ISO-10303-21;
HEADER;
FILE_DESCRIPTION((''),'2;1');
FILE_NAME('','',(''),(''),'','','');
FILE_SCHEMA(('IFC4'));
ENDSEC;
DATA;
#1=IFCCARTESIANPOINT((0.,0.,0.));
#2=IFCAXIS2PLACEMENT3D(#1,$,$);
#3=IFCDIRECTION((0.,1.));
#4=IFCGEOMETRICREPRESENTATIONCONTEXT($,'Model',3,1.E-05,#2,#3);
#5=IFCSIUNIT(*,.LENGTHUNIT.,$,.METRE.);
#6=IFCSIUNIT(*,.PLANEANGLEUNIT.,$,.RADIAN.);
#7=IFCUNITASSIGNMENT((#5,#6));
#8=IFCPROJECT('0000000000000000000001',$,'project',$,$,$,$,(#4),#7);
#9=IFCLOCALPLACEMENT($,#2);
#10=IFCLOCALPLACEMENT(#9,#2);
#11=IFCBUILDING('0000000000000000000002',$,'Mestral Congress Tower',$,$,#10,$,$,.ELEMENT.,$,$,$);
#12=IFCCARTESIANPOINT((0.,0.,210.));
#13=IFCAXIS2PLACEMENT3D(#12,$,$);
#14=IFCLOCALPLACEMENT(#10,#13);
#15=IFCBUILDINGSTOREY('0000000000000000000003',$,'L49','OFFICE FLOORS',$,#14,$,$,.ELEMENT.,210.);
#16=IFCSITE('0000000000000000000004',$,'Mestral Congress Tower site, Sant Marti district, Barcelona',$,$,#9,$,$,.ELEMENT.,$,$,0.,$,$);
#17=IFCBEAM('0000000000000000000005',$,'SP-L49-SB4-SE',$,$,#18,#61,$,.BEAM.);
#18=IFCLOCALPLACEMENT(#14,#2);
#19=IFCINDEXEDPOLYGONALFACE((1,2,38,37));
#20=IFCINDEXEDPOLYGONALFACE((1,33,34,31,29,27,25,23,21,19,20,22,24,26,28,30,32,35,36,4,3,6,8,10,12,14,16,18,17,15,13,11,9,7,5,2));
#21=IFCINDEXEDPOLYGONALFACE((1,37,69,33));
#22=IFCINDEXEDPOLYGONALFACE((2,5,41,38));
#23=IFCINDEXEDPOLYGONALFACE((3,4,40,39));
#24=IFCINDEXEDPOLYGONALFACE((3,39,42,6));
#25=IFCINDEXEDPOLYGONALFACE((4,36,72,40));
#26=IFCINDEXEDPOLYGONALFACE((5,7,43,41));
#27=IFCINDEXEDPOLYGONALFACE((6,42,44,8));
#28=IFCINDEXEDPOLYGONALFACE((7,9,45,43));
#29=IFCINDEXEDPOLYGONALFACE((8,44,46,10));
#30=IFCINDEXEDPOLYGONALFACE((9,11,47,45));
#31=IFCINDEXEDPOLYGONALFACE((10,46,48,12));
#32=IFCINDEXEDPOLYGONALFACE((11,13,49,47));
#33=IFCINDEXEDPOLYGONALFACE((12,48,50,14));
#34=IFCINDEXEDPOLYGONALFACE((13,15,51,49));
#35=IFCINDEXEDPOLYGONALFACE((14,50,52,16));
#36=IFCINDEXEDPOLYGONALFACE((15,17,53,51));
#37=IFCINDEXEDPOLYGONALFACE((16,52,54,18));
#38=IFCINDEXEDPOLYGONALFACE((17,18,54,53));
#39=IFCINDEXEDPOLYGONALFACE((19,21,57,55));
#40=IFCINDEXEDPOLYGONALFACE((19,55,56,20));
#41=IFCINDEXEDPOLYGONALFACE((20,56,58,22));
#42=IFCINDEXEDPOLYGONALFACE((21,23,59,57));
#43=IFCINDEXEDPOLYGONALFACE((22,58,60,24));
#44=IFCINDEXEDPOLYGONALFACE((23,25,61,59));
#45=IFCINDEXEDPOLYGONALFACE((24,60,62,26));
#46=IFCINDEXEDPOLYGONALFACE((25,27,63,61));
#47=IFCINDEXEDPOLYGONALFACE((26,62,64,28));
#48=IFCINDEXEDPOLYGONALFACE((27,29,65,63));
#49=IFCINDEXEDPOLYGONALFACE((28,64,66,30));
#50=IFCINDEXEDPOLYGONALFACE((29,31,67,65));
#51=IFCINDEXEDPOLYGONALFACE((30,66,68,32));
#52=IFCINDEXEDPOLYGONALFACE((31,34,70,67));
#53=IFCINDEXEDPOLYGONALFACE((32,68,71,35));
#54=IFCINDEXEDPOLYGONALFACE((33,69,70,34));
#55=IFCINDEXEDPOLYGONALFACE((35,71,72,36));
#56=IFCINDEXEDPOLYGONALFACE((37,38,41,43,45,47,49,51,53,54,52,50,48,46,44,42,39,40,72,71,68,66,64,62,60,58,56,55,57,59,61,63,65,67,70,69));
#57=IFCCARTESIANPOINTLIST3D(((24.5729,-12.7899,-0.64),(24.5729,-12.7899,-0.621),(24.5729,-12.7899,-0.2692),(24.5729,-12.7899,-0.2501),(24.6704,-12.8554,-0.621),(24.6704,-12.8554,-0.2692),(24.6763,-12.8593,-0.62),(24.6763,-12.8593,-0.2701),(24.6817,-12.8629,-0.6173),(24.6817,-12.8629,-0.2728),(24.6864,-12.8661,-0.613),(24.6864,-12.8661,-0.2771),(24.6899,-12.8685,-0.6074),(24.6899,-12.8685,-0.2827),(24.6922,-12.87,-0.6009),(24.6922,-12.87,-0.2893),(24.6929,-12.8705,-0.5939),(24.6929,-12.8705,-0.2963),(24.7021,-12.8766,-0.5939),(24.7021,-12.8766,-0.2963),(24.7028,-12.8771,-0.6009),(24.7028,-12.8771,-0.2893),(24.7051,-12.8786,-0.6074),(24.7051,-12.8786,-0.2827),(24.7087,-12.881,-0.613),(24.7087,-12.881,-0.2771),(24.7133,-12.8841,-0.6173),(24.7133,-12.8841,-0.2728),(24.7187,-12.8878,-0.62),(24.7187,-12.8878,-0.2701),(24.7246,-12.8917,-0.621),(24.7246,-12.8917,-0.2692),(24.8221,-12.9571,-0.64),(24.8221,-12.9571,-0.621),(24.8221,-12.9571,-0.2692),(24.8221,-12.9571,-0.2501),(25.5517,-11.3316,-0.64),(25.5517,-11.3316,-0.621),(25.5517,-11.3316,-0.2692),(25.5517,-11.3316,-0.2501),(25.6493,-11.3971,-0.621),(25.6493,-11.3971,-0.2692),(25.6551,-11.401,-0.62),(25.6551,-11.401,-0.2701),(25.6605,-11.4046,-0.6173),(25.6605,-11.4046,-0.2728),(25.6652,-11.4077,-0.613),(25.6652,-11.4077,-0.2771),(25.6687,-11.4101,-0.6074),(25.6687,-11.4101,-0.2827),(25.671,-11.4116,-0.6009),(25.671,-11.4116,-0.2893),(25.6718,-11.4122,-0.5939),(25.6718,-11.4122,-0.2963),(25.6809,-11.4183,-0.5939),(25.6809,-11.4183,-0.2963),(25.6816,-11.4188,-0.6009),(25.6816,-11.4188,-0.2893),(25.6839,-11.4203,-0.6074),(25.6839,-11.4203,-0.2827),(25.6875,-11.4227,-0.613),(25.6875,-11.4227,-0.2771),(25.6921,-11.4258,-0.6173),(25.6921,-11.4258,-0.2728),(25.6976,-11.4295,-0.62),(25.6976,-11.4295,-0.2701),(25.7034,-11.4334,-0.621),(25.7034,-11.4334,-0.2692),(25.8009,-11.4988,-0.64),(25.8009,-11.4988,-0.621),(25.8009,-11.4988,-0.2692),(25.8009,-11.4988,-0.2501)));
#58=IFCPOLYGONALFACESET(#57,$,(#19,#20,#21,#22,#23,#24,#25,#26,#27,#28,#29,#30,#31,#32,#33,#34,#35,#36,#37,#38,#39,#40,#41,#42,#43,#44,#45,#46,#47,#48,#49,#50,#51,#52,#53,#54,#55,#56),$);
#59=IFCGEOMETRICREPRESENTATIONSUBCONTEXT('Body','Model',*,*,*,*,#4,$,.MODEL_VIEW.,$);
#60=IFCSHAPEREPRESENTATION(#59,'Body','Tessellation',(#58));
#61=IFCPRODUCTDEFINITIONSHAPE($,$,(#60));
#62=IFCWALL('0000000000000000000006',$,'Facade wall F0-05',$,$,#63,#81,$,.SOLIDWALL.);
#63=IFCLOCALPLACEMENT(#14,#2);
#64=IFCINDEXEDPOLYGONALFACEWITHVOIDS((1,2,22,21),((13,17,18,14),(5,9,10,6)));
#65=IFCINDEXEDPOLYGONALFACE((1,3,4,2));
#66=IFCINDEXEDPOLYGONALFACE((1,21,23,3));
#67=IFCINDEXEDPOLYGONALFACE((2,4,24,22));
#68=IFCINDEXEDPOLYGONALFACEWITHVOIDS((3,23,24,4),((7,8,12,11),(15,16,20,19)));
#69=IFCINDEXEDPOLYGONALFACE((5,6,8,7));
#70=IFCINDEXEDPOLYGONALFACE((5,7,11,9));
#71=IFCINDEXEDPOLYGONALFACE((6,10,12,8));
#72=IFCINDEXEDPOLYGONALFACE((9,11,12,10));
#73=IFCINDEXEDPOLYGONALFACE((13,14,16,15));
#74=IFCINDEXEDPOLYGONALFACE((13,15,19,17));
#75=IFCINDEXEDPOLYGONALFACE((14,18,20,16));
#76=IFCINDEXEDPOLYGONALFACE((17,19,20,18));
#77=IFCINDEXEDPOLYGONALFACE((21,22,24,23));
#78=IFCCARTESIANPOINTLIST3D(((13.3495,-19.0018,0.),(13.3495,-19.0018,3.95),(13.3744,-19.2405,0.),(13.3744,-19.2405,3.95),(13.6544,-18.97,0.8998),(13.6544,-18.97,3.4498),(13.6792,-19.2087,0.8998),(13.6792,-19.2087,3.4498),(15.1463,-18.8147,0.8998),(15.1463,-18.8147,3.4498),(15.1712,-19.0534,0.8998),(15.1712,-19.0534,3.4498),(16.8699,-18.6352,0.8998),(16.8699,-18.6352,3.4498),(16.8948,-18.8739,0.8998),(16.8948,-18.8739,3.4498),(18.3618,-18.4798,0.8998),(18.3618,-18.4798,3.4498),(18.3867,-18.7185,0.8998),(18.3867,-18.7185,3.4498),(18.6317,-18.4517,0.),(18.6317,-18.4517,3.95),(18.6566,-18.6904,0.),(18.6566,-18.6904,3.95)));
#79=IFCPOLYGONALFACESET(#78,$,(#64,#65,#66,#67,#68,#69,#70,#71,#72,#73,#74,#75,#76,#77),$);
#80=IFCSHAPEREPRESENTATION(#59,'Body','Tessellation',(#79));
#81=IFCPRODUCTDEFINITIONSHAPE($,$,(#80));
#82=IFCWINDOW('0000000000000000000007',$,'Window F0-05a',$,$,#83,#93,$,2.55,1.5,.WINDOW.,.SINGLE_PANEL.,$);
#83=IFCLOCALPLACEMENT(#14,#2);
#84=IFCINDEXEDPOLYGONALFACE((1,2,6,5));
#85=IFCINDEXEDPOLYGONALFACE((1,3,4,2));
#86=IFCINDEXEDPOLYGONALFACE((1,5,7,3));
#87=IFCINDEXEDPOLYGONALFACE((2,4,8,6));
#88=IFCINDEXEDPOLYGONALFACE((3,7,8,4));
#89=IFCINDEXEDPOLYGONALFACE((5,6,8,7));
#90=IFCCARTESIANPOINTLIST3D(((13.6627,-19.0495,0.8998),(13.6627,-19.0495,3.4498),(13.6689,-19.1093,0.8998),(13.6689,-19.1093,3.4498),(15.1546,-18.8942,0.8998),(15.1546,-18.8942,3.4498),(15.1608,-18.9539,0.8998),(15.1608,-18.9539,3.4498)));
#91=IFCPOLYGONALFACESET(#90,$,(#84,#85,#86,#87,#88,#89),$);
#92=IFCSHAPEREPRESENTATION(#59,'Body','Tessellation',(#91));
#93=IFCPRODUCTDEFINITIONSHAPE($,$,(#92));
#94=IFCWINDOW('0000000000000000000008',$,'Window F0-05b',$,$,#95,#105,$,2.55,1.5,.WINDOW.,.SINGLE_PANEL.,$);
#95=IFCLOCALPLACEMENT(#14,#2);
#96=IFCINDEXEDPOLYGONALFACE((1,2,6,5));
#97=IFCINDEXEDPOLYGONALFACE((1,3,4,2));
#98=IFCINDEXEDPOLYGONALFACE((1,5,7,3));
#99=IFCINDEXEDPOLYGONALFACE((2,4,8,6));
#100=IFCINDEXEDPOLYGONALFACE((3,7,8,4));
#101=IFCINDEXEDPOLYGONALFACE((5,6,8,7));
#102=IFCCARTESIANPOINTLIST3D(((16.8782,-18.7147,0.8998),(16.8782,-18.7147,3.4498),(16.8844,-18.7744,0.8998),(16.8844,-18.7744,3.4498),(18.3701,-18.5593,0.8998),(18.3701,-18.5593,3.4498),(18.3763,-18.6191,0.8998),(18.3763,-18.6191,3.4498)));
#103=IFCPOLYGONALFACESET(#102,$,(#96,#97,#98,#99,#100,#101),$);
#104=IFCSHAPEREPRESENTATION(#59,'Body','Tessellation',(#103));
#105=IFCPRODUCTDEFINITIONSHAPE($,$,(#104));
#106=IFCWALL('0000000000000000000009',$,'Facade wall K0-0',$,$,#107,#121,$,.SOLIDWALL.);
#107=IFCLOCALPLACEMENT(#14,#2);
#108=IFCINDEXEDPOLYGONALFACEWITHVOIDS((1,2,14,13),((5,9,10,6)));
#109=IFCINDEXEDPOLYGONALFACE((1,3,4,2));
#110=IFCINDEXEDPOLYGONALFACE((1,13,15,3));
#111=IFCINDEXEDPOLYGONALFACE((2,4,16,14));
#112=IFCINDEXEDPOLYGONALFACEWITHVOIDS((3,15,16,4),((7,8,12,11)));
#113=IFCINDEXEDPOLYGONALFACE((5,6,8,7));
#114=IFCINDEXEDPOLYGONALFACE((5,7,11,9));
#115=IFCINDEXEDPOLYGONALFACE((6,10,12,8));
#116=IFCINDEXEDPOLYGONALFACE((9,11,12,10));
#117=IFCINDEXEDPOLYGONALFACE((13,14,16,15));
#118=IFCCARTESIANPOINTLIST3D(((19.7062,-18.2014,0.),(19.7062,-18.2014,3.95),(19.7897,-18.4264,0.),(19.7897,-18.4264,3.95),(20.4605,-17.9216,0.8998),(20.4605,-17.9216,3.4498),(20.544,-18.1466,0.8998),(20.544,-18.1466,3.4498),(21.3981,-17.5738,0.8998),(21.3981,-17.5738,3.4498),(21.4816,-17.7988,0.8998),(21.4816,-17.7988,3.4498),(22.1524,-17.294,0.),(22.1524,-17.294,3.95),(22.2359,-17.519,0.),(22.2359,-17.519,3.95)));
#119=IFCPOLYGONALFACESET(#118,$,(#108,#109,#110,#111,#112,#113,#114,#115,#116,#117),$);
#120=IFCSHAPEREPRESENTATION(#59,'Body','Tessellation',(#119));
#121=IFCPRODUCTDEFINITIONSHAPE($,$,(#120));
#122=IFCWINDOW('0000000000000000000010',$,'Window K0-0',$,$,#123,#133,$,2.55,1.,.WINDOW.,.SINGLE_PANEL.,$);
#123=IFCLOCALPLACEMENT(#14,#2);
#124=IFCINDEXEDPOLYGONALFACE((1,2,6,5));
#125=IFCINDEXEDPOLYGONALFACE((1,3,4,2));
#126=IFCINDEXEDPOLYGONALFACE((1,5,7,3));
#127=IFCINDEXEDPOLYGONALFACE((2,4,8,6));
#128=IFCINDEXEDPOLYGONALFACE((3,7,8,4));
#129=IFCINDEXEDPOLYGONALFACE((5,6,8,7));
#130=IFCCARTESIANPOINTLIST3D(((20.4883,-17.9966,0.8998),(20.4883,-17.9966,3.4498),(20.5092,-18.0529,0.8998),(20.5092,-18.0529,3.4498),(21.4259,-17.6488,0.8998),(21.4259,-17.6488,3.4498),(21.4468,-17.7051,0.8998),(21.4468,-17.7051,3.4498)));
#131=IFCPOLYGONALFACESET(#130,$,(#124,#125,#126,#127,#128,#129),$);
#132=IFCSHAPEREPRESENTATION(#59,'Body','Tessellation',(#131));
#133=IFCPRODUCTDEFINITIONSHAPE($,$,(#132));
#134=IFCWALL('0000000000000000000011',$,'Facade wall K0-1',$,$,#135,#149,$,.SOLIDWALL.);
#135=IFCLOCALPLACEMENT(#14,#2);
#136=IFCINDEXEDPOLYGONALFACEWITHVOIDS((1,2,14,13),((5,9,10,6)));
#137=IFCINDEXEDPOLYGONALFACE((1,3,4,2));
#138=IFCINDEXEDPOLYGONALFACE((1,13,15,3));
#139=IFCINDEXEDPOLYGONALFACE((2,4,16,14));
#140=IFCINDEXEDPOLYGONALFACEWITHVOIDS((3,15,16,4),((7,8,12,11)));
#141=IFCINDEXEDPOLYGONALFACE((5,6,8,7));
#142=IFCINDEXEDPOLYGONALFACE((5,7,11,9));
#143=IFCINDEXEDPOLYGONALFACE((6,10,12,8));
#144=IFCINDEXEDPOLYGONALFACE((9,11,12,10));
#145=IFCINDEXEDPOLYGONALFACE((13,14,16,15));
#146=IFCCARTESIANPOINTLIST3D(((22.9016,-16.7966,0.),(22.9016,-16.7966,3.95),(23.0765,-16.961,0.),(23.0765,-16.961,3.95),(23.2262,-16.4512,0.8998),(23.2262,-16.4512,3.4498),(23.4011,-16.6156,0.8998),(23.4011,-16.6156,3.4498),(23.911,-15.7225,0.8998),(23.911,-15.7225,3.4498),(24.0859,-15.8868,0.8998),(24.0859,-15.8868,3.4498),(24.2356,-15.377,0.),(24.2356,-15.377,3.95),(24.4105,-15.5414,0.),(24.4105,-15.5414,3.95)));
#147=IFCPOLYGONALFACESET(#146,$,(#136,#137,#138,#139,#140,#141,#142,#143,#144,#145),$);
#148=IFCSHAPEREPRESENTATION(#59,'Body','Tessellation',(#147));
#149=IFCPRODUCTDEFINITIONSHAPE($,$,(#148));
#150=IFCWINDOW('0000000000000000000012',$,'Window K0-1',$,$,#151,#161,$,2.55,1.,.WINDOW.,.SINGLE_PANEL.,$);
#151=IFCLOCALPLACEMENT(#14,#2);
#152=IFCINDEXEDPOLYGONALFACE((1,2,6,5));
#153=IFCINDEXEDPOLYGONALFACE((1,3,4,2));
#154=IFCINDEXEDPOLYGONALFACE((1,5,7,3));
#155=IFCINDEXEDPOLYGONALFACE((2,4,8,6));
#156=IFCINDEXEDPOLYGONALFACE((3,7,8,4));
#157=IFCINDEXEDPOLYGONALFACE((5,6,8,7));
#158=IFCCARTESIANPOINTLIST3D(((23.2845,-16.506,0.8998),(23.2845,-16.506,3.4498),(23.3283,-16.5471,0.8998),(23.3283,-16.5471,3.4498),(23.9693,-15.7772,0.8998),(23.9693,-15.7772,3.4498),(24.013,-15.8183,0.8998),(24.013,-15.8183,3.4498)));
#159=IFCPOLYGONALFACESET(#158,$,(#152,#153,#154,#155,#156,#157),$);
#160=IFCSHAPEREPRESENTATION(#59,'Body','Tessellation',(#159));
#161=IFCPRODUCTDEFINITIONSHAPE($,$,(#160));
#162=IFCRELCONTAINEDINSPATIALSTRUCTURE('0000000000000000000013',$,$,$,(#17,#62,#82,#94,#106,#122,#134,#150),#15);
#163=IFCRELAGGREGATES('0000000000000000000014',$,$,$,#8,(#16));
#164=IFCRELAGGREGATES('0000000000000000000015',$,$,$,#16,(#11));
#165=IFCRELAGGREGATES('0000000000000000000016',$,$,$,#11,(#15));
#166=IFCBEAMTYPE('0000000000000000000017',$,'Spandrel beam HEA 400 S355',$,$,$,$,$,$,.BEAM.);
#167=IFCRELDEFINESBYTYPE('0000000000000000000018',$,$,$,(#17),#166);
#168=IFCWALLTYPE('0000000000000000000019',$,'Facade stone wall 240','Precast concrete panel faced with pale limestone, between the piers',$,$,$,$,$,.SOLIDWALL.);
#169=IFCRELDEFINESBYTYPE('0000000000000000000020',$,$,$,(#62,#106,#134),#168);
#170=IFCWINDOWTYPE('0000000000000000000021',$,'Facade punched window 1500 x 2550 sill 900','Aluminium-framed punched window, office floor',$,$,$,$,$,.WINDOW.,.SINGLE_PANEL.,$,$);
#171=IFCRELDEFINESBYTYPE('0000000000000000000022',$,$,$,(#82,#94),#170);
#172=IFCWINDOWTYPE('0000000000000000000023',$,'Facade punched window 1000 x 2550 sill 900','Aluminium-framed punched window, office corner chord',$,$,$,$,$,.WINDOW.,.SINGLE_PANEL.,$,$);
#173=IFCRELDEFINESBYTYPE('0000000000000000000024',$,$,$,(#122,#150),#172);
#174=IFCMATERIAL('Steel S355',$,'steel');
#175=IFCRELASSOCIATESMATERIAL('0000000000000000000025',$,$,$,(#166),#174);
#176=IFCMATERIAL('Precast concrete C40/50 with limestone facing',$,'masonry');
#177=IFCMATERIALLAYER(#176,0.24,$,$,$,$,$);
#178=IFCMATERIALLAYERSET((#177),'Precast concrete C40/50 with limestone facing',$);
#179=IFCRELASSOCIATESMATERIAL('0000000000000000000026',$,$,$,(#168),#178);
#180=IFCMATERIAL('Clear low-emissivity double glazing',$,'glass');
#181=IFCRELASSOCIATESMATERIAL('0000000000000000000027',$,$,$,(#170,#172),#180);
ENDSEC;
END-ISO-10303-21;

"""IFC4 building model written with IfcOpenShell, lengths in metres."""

from ifc_helpers import new_model, si_unit, direction, frame, frame_2d, origin, origin_2d, place, context, subcontext, project, spatial, rectangle, i_section, extrude, material, layer, layer_set, material_profile, profile_set, type_object, element, fill, save


model = new_model("IFC4")

# Units and contexts
model_context = context("Model", 3, precision=1e-05, world=origin(), true_north=direction((0.0, 1.0)))
body_context = subcontext(model_context, "Body", "Model", "MODEL_VIEW")
ifc_project = project(units=[si_unit("LENGTHUNIT", "METRE"), si_unit("PLANEANGLEUNIT", "RADIAN")], contexts=[model_context])

# Site, building, storey
site_placement = place(None, origin())
site = spatial("IfcSite", under=ifc_project, at=site_placement, Name="Mestral Congress Tower site, Sant Marti district, Barcelona", CompositionType="ELEMENT", RefElevation=0.0)
building_placement = place(site_placement, origin())
building = spatial("IfcBuilding", under=site, at=building_placement, Name="Mestral Congress Tower", CompositionType="ELEMENT")
storey_placement = place(building_placement, frame((0.0, 0.0, 210.0)))
storey = spatial("IfcBuildingStorey", under=building, at=storey_placement, Name="L49", Description="OFFICE FLOORS", CompositionType="ELEMENT", Elevation=210.0)

# Beam
ifc_material_1 = material(Name="Steel S355", Category="steel")
ifc_material_profile_1 = material_profile(ifc_material_1, i_section(OverallWidth=0.3, OverallDepth=0.3899, WebThickness=0.011, FlangeThickness=0.019, FilletRadius=0.0271, at=origin_2d()), Name="HEA 400")
ifc_profile_set_1 = profile_set([ifc_material_profile_1], Name="Steel S355")
beam_type_1 = type_object("IfcBeamType", Name="Spandrel beam HEA 400 S355", PredefinedType="BEAM", material=ifc_profile_set_1)
for number, where, z_axis, x_axis, name in (
    (1, (24.6975, -12.8735, -0.4451), (0.557296, 0.830314, 0.0), (-0.830314, 0.557296, 0.0), "SP-L49-SB4-SE"),
):
    element("IfcBeam", number, at=place(storey_placement, frame(where, z_axis=z_axis, x_axis=x_axis)), inside=storey, type_object=beam_type_1, Name=name, PredefinedType="BEAM", context=body_context, shape_type="SweptSolid", body=[
        extrude(i_section(OverallWidth=0.3, OverallDepth=0.3899, WebThickness=0.011, FlangeThickness=0.019, FilletRadius=0.0271, at=origin_2d()), origin(), (0.0, 0.0, 1.0), 1.7563),
    ])

# Wall, openings, windows
ifc_material_2 = material(Name="Precast concrete C40/50 with limestone facing", Category="masonry")
ifc_layer_1 = layer(ifc_material_2, 0.24)
ifc_layer_set_1 = layer_set([ifc_layer_1], Name="Precast concrete C40/50 with limestone facing")
wall_type_1 = type_object("IfcWallType", Name="Facade stone wall 240", Description="Precast concrete panel faced with pale limestone, between the piers", PredefinedType="SOLIDWALL", material=ifc_layer_set_1)
wall_1_placement = place(storey_placement, frame((13.3621, -19.1211, 0.0), z_axis=(0.0, 0.0, 1.0), x_axis=(0.994622, 0.103572, 0.0)))
wall_1 = element("IfcWall", 2, at=wall_1_placement, inside=storey, type_object=wall_type_1, Name="Facade wall F0-05", PredefinedType="SOLIDWALL", context=body_context, shape_type="SweptSolid", body=[
    extrude(rectangle(XDim=5.3108, YDim=0.24, at=frame_2d((2.6553, 0.0))), origin(), (0.0, 0.0, 1.0), 3.95),
])
opening_1_placement = place(wall_1_placement, frame((0.3064, 0.0, 0.8999)))
opening_1 = element("IfcOpeningElement", 3, at=opening_1_placement, cuts=wall_1, PredefinedType="OPENING", context=body_context, shape_type="SweptSolid", body=[
    extrude(rectangle(XDim=1.5, YDim=2.55, at=frame_2d((0.75, 1.2749))), frame((0.0, 0.1299, 0.0), z_axis=(0.0, -1.0, 0.0), x_axis=(1.0, 0.0, 0.0)), (0.0, 0.0, 1.0), 0.26),
])
opening_2_placement = place(wall_1_placement, frame((3.5393, 0.0, 0.8999)))
opening_2 = element("IfcOpeningElement", 4, at=opening_2_placement, cuts=wall_1, PredefinedType="OPENING", context=body_context, shape_type="SweptSolid", body=[
    extrude(rectangle(XDim=1.5, YDim=2.55, at=frame_2d((0.75, 1.2749))), frame((0.0, 0.1299, 0.0), z_axis=(0.0, -1.0, 0.0), x_axis=(1.0, 0.0, 0.0)), (0.0, 0.0, 1.0), 0.26),
])
ifc_material_3 = material(Name="Clear low-emissivity double glazing", Category="glass")
window_type_1 = type_object("IfcWindowType", Name="Facade punched window 1500 x 2550 sill 900", Description="Aluminium-framed punched window, office floor", PartitioningType="SINGLE_PANEL", PredefinedType="WINDOW", material=ifc_material_3)
window_1_placement = place(opening_1_placement, origin())
window_1 = element("IfcWindow", 5, at=window_1_placement, inside=storey, type_object=window_type_1, Name="Window F0-05a", OverallHeight=2.55, OverallWidth=1.5, PartitioningType="SINGLE_PANEL", PredefinedType="WINDOW", context=body_context, shape_type="SweptSolid", body=[
    extrude(rectangle(XDim=1.5, YDim=2.55, at=frame_2d((0.75, 1.2749))), frame((0.0, 0.04, 0.0), z_axis=(0.0, -1.0, 0.0), x_axis=(1.0, 0.0, 0.0)), (0.0, 0.0, 1.0), 0.0601),
])
fill(opening_1, window_1)
window_2_placement = place(opening_2_placement, origin())
window_2 = element("IfcWindow", 6, at=window_2_placement, inside=storey, type_object=window_type_1, Name="Window F0-05b", OverallHeight=2.55, OverallWidth=1.5, PartitioningType="SINGLE_PANEL", PredefinedType="WINDOW", context=body_context, shape_type="SweptSolid", body=[
    extrude(rectangle(XDim=1.5, YDim=2.55, at=frame_2d((0.75, 1.2749))), frame((0.0, 0.04, 0.0), z_axis=(0.0, -1.0, 0.0), x_axis=(1.0, 0.0, 0.0)), (0.0, 0.0, 1.0), 0.0601),
])
fill(opening_2, window_2)

# Walls, openings, windows
wall_2_placement = place(storey_placement, frame((19.7478, -18.314, 0.0), z_axis=(0.0, 0.0, 1.0), x_axis=(0.937569, 0.347799, 0.0)))
wall_2 = element("IfcWall", 7, at=wall_2_placement, inside=storey, type_object=wall_type_1, Name="Facade wall K0-0", PredefinedType="SOLIDWALL", context=body_context, shape_type="SweptSolid", body=[
    extrude(rectangle(XDim=2.6091, YDim=0.24, at=frame_2d((1.3047, 0.0))), origin(), (0.0, 0.0, 1.0), 3.95),
])
opening_3_placement = place(wall_2_placement, frame((0.8047, 0.0, 0.8999)))
opening_3 = element("IfcOpeningElement", 8, at=opening_3_placement, cuts=wall_2, PredefinedType="OPENING", context=body_context, shape_type="SweptSolid", body=[
    extrude(rectangle(XDim=1.0, YDim=2.55, at=frame_2d((0.5, 1.2749))), frame((0.0, 0.1299, 0.0), z_axis=(0.0, -1.0, 0.0), x_axis=(1.0, 0.0, 0.0)), (0.0, 0.0, 1.0), 0.26),
])
window_type_2 = type_object("IfcWindowType", Name="Facade punched window 1000 x 2550 sill 900", Description="Aluminium-framed punched window, office corner chord", PartitioningType="SINGLE_PANEL", PredefinedType="WINDOW", material=ifc_material_3)
window_3_placement = place(opening_3_placement, origin())
window_3 = element("IfcWindow", 9, at=window_3_placement, inside=storey, type_object=window_type_2, Name="Window K0-0", OverallHeight=2.55, OverallWidth=1.0, PartitioningType="SINGLE_PANEL", PredefinedType="WINDOW", context=body_context, shape_type="SweptSolid", body=[
    extrude(rectangle(XDim=1.0, YDim=2.55, at=frame_2d((0.5, 1.2749))), frame((0.0, 0.04, 0.0), z_axis=(0.0, -1.0, 0.0), x_axis=(1.0, 0.0, 0.0)), (0.0, 0.0, 1.0), 0.0601),
])
fill(opening_3, window_3)
wall_3_placement = place(storey_placement, frame((22.989, -16.8789, 0.0), z_axis=(0.0, 0.0, 1.0), x_axis=(0.68477, 0.728759, 0.0)))
wall_3 = element("IfcWall", 10, at=wall_3_placement, inside=storey, type_object=wall_type_1, Name="Facade wall K0-1", PredefinedType="SOLIDWALL", context=body_context, shape_type="SweptSolid", body=[
    extrude(rectangle(XDim=1.948, YDim=0.24, at=frame_2d((0.9741, 0.0))), origin(), (0.0, 0.0, 1.0), 3.95),
])
opening_4_placement = place(wall_3_placement, frame((0.4741, 0.0, 0.8999)))
opening_4 = element("IfcOpeningElement", 11, at=opening_4_placement, cuts=wall_3, PredefinedType="OPENING", context=body_context, shape_type="SweptSolid", body=[
    extrude(rectangle(XDim=1.0, YDim=2.55, at=frame_2d((0.5, 1.2749))), frame((0.0, 0.1299, 0.0), z_axis=(0.0, -1.0, 0.0), x_axis=(1.0, 0.0, 0.0)), (0.0, 0.0, 1.0), 0.26),
])
window_4_placement = place(opening_4_placement, origin())
window_4 = element("IfcWindow", 12, at=window_4_placement, inside=storey, type_object=window_type_2, Name="Window K0-1", OverallHeight=2.55, OverallWidth=1.0, PartitioningType="SINGLE_PANEL", PredefinedType="WINDOW", context=body_context, shape_type="SweptSolid", body=[
    extrude(rectangle(XDim=1.0, YDim=2.55, at=frame_2d((0.5, 1.2749))), frame((0.0, 0.04, 0.0), z_axis=(0.0, -1.0, 0.0), x_axis=(1.0, 0.0, 0.0)), (0.0, 0.0, 1.0), 0.0601),
])
fill(opening_4, window_4)

save(model, "model.ifc")
